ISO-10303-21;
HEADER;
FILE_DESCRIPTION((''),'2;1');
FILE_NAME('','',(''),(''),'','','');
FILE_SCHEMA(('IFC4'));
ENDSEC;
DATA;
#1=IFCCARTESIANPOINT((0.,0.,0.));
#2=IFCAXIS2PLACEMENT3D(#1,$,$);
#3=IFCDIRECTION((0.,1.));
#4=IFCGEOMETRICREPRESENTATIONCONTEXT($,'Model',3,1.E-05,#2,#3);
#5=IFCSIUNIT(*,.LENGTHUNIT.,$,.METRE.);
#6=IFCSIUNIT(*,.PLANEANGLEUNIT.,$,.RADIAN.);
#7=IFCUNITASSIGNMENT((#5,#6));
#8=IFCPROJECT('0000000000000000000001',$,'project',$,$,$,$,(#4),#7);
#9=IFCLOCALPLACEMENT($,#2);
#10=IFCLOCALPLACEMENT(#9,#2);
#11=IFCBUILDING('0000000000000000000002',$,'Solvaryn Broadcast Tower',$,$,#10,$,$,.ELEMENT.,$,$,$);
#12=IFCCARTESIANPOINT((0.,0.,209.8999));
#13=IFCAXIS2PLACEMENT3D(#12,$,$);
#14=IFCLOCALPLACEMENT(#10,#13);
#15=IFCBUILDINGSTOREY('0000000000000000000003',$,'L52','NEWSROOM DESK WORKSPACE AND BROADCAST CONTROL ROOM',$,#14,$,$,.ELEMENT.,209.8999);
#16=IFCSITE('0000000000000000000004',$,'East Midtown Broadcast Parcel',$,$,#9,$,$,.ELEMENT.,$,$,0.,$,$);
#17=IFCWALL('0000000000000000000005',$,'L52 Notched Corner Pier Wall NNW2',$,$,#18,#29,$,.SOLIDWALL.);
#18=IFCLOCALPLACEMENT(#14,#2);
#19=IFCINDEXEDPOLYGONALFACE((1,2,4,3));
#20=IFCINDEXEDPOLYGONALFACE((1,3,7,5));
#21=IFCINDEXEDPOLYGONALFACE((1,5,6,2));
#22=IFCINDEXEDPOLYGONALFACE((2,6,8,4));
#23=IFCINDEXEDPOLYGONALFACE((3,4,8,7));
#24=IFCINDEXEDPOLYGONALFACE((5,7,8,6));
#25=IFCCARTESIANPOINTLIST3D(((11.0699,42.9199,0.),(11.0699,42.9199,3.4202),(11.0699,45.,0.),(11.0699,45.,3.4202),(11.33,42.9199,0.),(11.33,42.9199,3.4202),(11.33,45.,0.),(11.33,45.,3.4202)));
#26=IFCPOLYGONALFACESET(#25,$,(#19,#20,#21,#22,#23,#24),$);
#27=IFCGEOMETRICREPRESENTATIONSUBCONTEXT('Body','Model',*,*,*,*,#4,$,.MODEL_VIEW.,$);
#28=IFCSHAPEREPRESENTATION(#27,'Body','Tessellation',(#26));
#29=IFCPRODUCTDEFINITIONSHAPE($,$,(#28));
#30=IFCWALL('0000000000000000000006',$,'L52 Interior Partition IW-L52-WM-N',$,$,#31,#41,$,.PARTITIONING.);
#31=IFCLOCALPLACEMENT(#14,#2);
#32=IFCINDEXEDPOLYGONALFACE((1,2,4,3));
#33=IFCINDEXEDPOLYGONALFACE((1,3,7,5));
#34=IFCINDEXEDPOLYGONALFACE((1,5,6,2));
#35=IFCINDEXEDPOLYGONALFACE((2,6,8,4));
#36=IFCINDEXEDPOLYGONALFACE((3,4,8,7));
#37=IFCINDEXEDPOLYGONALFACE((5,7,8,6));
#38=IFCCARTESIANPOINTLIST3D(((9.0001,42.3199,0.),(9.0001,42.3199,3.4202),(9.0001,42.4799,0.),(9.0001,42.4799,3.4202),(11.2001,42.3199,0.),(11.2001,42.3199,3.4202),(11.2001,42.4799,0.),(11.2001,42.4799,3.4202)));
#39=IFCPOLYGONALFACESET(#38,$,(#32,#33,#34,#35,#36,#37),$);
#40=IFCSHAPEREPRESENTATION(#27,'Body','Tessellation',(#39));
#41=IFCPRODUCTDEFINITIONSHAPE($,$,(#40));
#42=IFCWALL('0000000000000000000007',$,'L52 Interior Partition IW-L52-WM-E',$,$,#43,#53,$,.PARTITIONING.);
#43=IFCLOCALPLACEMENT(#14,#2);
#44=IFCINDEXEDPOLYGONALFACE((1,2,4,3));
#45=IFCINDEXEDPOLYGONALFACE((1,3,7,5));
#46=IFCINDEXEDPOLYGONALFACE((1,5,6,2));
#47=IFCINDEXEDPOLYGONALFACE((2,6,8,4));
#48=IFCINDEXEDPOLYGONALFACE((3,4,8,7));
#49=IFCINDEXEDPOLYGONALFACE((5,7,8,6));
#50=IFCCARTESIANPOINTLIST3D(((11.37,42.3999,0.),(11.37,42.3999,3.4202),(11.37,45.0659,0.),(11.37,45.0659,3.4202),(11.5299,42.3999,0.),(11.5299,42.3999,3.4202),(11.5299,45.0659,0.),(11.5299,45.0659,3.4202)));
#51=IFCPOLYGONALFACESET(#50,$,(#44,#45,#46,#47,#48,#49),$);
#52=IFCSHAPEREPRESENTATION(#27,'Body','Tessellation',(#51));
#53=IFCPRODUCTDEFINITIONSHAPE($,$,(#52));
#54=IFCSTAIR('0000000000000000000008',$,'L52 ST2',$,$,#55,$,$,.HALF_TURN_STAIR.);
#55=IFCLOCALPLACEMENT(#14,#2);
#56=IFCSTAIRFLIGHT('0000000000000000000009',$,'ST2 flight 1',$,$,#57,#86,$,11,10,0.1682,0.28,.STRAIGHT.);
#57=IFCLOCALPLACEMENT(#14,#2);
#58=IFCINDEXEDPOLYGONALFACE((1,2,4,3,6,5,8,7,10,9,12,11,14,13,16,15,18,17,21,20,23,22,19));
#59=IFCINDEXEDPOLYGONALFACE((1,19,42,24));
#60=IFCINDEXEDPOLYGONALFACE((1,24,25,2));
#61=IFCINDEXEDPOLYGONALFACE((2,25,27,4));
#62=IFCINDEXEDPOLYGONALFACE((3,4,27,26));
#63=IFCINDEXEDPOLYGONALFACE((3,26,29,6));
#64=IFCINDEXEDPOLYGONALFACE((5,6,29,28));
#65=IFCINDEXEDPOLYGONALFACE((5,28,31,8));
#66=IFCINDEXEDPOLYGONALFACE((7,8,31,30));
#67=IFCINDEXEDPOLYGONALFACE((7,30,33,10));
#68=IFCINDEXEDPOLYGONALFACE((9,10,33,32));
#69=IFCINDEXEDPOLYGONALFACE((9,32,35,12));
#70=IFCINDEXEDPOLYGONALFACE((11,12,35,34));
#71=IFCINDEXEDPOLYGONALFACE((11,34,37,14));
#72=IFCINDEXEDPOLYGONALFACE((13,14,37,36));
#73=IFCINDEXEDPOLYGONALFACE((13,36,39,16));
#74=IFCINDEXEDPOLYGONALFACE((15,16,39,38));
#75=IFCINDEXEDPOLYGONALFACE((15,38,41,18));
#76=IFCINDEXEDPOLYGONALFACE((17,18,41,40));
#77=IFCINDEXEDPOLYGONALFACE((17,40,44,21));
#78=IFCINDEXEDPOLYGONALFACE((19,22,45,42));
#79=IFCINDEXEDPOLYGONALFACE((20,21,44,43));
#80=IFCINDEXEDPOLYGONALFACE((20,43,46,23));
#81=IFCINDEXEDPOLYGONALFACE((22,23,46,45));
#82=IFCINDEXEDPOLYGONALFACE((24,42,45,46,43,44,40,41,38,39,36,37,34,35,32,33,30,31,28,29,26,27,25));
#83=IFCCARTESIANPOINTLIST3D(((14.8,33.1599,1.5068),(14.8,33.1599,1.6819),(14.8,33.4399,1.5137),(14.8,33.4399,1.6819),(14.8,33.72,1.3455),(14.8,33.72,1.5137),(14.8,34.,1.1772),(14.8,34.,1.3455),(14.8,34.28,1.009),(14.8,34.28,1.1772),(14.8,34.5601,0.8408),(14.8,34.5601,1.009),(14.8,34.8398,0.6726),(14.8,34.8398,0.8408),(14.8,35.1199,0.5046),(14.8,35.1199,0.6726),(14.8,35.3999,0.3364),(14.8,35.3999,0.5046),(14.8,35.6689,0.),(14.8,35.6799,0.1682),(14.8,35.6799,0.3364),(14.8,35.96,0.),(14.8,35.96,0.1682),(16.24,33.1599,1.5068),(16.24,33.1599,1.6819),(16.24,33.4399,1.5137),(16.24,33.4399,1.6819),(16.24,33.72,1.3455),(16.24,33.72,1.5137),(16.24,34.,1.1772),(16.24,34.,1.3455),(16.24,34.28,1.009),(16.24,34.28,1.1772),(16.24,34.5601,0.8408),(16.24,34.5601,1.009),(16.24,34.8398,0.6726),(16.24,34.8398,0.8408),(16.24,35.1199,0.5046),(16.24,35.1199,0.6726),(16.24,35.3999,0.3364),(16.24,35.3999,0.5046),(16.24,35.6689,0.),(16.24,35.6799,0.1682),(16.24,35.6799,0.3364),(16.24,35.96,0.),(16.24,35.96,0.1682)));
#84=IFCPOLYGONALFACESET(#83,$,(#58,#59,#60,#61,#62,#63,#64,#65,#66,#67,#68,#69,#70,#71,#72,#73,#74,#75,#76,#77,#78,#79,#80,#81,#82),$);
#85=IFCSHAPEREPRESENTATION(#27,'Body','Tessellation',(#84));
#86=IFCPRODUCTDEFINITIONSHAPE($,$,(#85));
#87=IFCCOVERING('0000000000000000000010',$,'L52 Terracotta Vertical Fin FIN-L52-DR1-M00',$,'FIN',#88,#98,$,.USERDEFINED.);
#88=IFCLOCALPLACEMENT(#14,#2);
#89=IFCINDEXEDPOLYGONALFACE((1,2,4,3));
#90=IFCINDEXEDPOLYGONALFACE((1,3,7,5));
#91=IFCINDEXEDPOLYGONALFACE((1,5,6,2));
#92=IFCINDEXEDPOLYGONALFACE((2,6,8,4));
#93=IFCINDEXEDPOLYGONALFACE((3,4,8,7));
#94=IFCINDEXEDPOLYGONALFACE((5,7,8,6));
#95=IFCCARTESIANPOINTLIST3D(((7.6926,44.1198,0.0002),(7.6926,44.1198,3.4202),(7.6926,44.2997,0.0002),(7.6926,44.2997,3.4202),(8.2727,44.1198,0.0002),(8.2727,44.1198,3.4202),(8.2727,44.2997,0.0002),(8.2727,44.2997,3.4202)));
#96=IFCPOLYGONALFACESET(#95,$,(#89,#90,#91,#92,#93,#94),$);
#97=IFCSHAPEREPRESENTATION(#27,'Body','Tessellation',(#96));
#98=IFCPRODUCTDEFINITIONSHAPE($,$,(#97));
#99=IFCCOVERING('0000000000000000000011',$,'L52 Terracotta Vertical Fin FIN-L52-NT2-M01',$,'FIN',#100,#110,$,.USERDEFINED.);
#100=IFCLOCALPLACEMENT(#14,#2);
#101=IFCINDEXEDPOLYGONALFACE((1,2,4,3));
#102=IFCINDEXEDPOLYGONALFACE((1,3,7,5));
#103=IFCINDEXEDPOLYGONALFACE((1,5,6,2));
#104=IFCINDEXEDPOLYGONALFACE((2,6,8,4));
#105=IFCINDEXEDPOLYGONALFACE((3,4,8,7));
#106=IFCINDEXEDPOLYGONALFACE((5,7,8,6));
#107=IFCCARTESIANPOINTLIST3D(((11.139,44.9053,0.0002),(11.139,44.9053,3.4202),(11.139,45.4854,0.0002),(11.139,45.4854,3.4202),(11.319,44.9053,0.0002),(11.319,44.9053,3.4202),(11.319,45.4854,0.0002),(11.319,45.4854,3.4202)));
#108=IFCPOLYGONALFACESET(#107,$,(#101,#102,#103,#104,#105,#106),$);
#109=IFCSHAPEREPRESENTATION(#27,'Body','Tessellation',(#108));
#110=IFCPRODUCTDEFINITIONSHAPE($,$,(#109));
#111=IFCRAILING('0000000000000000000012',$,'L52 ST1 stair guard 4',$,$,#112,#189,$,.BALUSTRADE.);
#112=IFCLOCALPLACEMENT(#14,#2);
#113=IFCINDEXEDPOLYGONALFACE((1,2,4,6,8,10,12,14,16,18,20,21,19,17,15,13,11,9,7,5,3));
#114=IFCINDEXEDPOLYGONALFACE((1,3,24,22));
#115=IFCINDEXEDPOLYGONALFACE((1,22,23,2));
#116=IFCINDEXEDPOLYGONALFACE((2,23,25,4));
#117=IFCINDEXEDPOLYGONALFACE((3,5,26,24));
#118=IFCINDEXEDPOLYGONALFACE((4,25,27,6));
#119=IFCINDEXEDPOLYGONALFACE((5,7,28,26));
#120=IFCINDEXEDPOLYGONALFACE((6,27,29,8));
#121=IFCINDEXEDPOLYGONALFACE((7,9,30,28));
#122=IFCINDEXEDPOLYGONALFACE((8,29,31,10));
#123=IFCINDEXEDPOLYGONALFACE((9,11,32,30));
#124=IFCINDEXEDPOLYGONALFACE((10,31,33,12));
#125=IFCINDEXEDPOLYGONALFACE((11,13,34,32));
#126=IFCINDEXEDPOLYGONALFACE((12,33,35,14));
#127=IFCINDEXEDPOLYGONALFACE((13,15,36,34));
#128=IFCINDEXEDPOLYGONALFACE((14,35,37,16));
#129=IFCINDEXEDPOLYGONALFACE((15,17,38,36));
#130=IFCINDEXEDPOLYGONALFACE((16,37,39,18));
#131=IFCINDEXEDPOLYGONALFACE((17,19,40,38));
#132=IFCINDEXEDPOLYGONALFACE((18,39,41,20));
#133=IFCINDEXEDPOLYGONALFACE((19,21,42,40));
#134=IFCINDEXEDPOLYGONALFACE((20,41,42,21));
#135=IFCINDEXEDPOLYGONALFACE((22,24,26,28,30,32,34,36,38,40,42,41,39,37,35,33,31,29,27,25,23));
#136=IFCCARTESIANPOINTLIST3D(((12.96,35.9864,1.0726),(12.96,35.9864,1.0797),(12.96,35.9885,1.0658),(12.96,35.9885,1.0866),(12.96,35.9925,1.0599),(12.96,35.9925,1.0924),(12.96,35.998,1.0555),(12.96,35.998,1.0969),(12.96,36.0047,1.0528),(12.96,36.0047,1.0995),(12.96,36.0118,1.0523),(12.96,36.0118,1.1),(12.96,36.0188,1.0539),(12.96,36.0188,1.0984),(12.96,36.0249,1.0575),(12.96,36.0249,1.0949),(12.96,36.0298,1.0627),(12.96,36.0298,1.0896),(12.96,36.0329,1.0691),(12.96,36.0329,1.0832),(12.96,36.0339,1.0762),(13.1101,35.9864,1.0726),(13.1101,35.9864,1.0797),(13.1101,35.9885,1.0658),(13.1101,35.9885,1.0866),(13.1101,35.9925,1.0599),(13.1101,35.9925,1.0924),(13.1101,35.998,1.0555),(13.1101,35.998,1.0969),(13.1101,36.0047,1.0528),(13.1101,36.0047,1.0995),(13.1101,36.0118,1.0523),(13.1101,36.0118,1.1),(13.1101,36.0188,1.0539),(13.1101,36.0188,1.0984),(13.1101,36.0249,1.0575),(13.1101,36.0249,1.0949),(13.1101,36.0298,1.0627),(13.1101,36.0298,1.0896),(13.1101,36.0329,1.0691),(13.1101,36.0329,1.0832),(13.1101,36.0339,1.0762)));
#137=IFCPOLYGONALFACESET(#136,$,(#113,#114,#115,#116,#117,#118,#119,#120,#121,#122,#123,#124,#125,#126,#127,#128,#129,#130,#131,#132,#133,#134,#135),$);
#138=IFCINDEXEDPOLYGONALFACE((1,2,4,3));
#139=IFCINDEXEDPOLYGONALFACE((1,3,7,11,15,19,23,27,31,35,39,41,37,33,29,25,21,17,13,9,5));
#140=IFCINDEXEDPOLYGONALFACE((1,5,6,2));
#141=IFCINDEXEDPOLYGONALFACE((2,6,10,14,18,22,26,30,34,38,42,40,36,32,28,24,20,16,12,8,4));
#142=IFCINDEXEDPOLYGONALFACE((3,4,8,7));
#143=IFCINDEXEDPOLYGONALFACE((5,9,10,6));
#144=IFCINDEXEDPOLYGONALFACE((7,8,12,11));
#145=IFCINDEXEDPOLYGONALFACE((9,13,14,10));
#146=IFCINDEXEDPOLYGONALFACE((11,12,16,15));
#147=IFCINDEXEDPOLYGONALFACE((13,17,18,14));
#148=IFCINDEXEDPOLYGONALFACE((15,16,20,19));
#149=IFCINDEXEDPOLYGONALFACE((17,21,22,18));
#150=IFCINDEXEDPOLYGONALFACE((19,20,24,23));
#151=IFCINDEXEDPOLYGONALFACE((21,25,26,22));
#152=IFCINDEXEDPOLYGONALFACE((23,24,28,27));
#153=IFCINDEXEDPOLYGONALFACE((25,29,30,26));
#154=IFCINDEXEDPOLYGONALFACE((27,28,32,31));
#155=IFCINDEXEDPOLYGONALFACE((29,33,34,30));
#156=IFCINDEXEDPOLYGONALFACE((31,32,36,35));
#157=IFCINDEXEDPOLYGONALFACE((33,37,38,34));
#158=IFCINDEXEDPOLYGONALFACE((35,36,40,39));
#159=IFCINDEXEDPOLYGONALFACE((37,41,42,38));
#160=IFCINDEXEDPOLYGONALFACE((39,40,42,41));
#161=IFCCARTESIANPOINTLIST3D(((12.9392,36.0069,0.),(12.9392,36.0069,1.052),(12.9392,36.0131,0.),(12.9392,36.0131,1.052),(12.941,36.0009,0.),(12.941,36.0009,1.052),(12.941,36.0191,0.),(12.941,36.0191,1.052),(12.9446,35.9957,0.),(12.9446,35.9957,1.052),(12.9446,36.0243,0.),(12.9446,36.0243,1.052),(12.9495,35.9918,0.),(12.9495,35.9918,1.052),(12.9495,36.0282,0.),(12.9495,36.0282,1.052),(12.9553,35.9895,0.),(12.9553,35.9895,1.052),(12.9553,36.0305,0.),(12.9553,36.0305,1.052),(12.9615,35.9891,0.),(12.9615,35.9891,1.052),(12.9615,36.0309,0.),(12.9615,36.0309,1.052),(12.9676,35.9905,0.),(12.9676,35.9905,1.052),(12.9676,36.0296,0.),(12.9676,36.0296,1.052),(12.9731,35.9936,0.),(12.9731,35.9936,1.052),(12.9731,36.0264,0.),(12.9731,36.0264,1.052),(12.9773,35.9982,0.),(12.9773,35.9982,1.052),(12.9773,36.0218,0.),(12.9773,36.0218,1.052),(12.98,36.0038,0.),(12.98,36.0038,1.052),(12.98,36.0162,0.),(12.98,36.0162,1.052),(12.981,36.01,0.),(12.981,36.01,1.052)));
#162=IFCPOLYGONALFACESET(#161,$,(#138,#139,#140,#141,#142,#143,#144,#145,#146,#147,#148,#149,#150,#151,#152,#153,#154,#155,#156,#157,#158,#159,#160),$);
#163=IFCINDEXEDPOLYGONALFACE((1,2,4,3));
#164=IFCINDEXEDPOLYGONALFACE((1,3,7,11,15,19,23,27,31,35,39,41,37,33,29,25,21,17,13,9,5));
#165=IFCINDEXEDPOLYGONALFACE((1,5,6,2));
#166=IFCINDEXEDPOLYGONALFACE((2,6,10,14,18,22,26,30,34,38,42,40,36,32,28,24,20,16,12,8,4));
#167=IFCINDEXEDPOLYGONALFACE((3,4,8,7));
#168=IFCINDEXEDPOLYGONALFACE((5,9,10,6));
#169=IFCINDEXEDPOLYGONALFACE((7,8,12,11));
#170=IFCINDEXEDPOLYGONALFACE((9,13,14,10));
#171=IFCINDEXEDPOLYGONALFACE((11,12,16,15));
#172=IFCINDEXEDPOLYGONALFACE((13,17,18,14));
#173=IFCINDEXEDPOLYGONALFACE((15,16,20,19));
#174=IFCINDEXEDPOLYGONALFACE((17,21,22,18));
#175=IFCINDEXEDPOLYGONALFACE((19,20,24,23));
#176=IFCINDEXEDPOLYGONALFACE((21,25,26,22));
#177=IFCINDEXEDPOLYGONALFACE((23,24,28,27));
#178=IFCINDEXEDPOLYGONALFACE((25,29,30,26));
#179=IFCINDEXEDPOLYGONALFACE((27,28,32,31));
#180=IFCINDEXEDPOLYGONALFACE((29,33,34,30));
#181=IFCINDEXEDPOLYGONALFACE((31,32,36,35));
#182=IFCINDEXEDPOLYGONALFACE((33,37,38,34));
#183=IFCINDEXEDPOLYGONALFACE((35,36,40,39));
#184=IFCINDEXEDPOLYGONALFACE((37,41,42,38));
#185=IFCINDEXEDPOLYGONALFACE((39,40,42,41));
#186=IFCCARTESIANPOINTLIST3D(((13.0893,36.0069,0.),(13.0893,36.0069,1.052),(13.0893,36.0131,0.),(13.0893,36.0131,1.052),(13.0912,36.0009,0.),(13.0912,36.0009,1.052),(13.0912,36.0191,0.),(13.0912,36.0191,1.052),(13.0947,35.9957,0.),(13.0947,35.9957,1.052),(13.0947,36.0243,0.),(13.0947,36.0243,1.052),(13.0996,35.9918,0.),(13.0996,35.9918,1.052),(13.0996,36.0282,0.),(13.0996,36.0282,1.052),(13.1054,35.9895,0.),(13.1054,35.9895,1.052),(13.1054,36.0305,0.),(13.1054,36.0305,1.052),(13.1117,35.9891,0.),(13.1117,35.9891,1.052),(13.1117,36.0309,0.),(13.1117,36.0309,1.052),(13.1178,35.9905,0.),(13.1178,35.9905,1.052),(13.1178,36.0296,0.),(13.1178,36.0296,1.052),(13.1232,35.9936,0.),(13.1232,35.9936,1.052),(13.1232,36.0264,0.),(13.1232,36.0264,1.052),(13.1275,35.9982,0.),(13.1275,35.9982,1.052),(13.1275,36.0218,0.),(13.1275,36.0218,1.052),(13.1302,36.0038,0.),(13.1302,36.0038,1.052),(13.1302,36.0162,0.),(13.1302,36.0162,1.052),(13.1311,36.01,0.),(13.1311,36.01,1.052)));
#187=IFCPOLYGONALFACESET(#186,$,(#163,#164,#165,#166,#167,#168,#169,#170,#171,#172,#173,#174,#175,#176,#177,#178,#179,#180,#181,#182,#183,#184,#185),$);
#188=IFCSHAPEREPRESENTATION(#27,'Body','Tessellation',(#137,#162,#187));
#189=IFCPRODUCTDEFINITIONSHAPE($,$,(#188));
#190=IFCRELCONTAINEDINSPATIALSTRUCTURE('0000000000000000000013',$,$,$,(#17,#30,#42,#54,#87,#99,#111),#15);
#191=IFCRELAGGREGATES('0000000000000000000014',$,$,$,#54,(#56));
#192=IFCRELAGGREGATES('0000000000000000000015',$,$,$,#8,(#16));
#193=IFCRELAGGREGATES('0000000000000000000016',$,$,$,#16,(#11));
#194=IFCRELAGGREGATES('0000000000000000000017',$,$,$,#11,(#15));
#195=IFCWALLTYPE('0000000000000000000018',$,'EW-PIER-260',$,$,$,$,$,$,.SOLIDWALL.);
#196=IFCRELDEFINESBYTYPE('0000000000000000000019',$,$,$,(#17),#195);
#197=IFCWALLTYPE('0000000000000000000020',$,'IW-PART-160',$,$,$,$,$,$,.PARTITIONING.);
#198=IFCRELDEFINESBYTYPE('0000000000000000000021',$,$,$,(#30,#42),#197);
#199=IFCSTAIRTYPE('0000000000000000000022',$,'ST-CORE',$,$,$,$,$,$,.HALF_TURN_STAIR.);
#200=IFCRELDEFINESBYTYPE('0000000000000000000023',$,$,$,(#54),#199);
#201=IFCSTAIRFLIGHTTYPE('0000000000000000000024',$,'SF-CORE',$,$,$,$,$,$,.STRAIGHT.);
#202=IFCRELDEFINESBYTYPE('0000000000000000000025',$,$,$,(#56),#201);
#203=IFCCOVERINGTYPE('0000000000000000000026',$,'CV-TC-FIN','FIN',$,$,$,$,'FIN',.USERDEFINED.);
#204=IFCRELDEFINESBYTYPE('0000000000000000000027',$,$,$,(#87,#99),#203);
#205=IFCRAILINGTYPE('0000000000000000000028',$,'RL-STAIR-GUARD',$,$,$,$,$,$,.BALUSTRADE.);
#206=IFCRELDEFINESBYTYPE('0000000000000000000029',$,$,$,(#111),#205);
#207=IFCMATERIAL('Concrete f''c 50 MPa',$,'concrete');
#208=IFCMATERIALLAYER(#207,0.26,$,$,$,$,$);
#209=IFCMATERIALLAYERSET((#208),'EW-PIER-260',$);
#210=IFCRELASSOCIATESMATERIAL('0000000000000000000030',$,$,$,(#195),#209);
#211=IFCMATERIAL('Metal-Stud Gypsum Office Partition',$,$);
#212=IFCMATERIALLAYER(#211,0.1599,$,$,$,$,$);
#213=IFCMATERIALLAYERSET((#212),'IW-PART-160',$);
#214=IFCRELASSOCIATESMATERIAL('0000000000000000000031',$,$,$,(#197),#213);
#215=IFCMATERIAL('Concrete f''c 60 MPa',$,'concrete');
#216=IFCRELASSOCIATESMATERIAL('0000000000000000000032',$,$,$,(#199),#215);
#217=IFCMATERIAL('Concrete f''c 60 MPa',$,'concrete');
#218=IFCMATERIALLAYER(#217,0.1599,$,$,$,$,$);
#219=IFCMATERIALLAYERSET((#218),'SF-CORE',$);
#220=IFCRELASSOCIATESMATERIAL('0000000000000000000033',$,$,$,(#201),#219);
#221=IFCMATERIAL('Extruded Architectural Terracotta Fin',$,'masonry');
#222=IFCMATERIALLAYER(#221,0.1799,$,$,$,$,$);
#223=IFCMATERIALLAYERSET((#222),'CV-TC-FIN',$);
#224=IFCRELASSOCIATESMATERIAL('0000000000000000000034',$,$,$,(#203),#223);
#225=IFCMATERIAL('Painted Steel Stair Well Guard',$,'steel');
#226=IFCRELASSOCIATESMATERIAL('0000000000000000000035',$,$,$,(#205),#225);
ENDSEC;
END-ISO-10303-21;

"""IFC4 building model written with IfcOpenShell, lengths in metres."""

from ifc_helpers import new_model, si_unit, direction, frame, frame_2d, origin, origin_2d, place, context, subcontext, project, spatial, polyline, rectangle, circle, outline, extrude, material, layer, layer_set, type_object, element, aggregate, save


model = new_model("IFC4")

# Units and contexts
model_context = context("Model", 3, precision=1e-05, world=origin(), true_north=direction((0.0, 1.0)))
body_context = subcontext(model_context, "Body", "Model", "MODEL_VIEW")
ifc_project = project(units=[si_unit("LENGTHUNIT", "METRE"), si_unit("PLANEANGLEUNIT", "RADIAN")], contexts=[model_context])

# Site, building, storey
site_placement = place(None, origin())
site = spatial("IfcSite", under=ifc_project, at=site_placement, Name="East Midtown Broadcast Parcel", CompositionType="ELEMENT", RefElevation=0.0)
building_placement = place(site_placement, origin())
building = spatial("IfcBuilding", under=site, at=building_placement, Name="Solvaryn Broadcast Tower", CompositionType="ELEMENT")
storey_placement = place(building_placement, frame((0.0, 0.0, 209.8999)))
storey = spatial("IfcBuildingStorey", under=building, at=storey_placement, Name="L52", Description="NEWSROOM DESK WORKSPACE AND BROADCAST CONTROL ROOM", CompositionType="ELEMENT", Elevation=209.8999)

# Walls
ifc_material_1 = material(Name="Concrete f'c 50 MPa", Category="concrete")
ifc_layer_1 = layer(ifc_material_1, 0.26)
ifc_layer_set_1 = layer_set([ifc_layer_1], Name="EW-PIER-260")
wall_type_1 = type_object("IfcWallType", Name="EW-PIER-260", PredefinedType="SOLIDWALL", material=ifc_layer_set_1)
wall_1_placement = place(storey_placement, frame((11.2, 42.9199, 0.0), z_axis=(0.0, 0.0, 1.0), x_axis=(0.0, 1.0, 0.0)))
element("IfcWall", 1, at=wall_1_placement, inside=storey, type_object=wall_type_1, Name="L52 Notched Corner Pier Wall NNW2", PredefinedType="SOLIDWALL", context=body_context, shape_type="SweptSolid", body=[
    extrude(rectangle(XDim=2.0801, YDim=0.26, at=frame_2d((1.04, 0.0))), origin(), (0.0, 0.0, 1.0), 3.4202),
])
ifc_material_2 = material(Name="Metal-Stud Gypsum Office Partition")
ifc_layer_2 = layer(ifc_material_2, 0.1599)
ifc_layer_set_2 = layer_set([ifc_layer_2], Name="IW-PART-160")
wall_type_2 = type_object("IfcWallType", Name="IW-PART-160", PredefinedType="PARTITIONING", material=ifc_layer_set_2)
wall_2_placement = place(storey_placement, frame((9.0, 42.3999, 0.0), z_axis=(0.0, 0.0, 1.0), x_axis=(1.0, 0.0, 0.0)))
element("IfcWall", 2, at=wall_2_placement, inside=storey, type_object=wall_type_2, Name="L52 Interior Partition IW-L52-WM-N", PredefinedType="PARTITIONING", context=body_context, shape_type="SweptSolid", body=[
    extrude(rectangle(XDim=2.2, YDim=0.1599, at=frame_2d((1.1001, 0.0))), origin(), (0.0, 0.0, 1.0), 3.4202),
])
wall_3_placement = place(storey_placement, frame((11.45, 42.3999, 0.0), z_axis=(0.0, 0.0, 1.0), x_axis=(0.0, 1.0, 0.0)))
element("IfcWall", 3, at=wall_3_placement, inside=storey, type_object=wall_type_2, Name="L52 Interior Partition IW-L52-WM-E", PredefinedType="PARTITIONING", context=body_context, shape_type="SweptSolid", body=[
    extrude(rectangle(XDim=2.666, YDim=0.1599, at=frame_2d((1.333, 0.0))), origin(), (0.0, 0.0, 1.0), 3.4202),
])

# Stair, stair flight
ifc_material_3 = material(Name="Concrete f'c 60 MPa", Category="concrete")
stair_type = type_object("IfcStairType", Name="ST-CORE", PredefinedType="HALF_TURN_STAIR", material=ifc_material_3)
stair_placement = place(storey_placement, origin())
stair = element("IfcStair", 4, at=stair_placement, inside=storey, type_object=stair_type, Name="L52 ST2", PredefinedType="HALF_TURN_STAIR")
ifc_material_4 = material(Name="Concrete f'c 60 MPa", Category="concrete")
ifc_layer_3 = layer(ifc_material_4, 0.1599)
ifc_layer_set_3 = layer_set([ifc_layer_3], Name="SF-CORE")
stair_flight_type = type_object("IfcStairFlightType", Name="SF-CORE", PredefinedType="STRAIGHT", material=ifc_layer_set_3)
stair_flight_placement = place(storey_placement, frame((15.52, 35.96, 0.0), z_axis=(0.0, 0.0, 1.0), x_axis=(0.0, -1.0, 0.0)))
stair_flight = element("IfcStairFlight", 5, at=stair_flight_placement, type_object=stair_flight_type, Name="ST2 flight 1", NumberOfRisers=11, NumberOfTreads=10, PredefinedType="STRAIGHT", RiserHeight=0.1682, TreadLength=0.28, context=body_context, shape_type="SweptSolid", body=[
    extrude(outline(polyline([(0.0, 0.0), (0.0, 0.1682), (0.28, 0.1682), (0.28, 0.3364), (0.5601, 0.3364), (0.5601, 0.5046), (0.8401, 0.5046), (0.8401, 0.6726), (1.1201, 0.6726), (1.1201, 0.8408), (1.3999, 0.8408), (1.3999, 1.009), (1.6799, 1.009), (1.6799, 1.1772), (1.96, 1.1772), (1.96, 1.3455), (2.24, 1.3455), (2.24, 1.5137), (2.52, 1.5137), (2.52, 1.6819), (2.8, 1.6819), (2.8, 1.8501), (2.8, 1.5068), (0.291, 0.0), (0.0, 0.0)])), frame((0.0, 0.72, 0.0), z_axis=(0.0, -1.0, 0.0), x_axis=(1.0, 0.0, 0.0)), (0.0, 0.0, 1.0), 1.4399),
])
aggregate(stair, [stair_flight])

# Coverings
ifc_material_5 = material(Name="Extruded Architectural Terracotta Fin", Category="masonry")
ifc_layer_4 = layer(ifc_material_5, 0.1799)
ifc_layer_set_4 = layer_set([ifc_layer_4], Name="CV-TC-FIN")
covering_type = type_object("IfcCoveringType", Name="CV-TC-FIN", Description="FIN", ElementType="FIN", PredefinedType="USERDEFINED", material=ifc_layer_set_4)
covering_1_placement = place(storey_placement, frame((7.9827, 44.2097, 0.0002), z_axis=(0.0, 0.0, 1.0), x_axis=(1.0, 0.0, 0.0)))
element("IfcCovering", 6, at=covering_1_placement, inside=storey, type_object=covering_type, Name="L52 Terracotta Vertical Fin FIN-L52-DR1-M00", ObjectType="FIN", PredefinedType="USERDEFINED", context=body_context, shape_type="SweptSolid", body=[
    extrude(rectangle(XDim=0.5801, YDim=0.1799, at=origin_2d()), origin(), (0.0, 0.0, 1.0), 3.4199),
])
covering_2_placement = place(storey_placement, frame((11.229, 45.1953, 0.0002), z_axis=(0.0, 0.0, 1.0), x_axis=(1.0, 0.0, 0.0)))
element("IfcCovering", 7, at=covering_2_placement, inside=storey, type_object=covering_type, Name="L52 Terracotta Vertical Fin FIN-L52-NT2-M01", ObjectType="FIN", PredefinedType="USERDEFINED", context=body_context, shape_type="SweptSolid", body=[
    extrude(rectangle(XDim=0.1799, YDim=0.5801, at=origin_2d()), origin(), (0.0, 0.0, 1.0), 3.4199),
])

# Railing
ifc_material_6 = material(Name="Painted Steel Stair Well Guard", Category="steel")
railing_type_1 = type_object("IfcRailingType", Name="RL-STAIR-GUARD", PredefinedType="BALUSTRADE", material=ifc_material_6)
railing_1_placement = place(storey_placement, frame((12.96, 36.01, 0.0)))
element("IfcRailing", 8, at=railing_1_placement, inside=storey, type_object=railing_type_1, Name="L52 ST1 stair guard 4", PredefinedType="BALUSTRADE", context=body_context, shape_type="SweptSolid", body=[
    extrude(circle(Radius=0.0239, at=origin_2d()), frame((0.0, 0.0, 1.0762), z_axis=(1.0, 0.0, 0.0), x_axis=(0.0, 1.0, 0.0)), (0.0, 0.0, 1.0), 0.1501),
    extrude(circle(Radius=0.021, at=origin_2d()), origin(), (0.0, 0.0, 1.0), 1.052),
    extrude(circle(Radius=0.021, at=origin_2d()), frame((0.1501, 0.0, 0.0)), (0.0, 0.0, 1.0), 1.052),
])

save(model, "model.ifc")
